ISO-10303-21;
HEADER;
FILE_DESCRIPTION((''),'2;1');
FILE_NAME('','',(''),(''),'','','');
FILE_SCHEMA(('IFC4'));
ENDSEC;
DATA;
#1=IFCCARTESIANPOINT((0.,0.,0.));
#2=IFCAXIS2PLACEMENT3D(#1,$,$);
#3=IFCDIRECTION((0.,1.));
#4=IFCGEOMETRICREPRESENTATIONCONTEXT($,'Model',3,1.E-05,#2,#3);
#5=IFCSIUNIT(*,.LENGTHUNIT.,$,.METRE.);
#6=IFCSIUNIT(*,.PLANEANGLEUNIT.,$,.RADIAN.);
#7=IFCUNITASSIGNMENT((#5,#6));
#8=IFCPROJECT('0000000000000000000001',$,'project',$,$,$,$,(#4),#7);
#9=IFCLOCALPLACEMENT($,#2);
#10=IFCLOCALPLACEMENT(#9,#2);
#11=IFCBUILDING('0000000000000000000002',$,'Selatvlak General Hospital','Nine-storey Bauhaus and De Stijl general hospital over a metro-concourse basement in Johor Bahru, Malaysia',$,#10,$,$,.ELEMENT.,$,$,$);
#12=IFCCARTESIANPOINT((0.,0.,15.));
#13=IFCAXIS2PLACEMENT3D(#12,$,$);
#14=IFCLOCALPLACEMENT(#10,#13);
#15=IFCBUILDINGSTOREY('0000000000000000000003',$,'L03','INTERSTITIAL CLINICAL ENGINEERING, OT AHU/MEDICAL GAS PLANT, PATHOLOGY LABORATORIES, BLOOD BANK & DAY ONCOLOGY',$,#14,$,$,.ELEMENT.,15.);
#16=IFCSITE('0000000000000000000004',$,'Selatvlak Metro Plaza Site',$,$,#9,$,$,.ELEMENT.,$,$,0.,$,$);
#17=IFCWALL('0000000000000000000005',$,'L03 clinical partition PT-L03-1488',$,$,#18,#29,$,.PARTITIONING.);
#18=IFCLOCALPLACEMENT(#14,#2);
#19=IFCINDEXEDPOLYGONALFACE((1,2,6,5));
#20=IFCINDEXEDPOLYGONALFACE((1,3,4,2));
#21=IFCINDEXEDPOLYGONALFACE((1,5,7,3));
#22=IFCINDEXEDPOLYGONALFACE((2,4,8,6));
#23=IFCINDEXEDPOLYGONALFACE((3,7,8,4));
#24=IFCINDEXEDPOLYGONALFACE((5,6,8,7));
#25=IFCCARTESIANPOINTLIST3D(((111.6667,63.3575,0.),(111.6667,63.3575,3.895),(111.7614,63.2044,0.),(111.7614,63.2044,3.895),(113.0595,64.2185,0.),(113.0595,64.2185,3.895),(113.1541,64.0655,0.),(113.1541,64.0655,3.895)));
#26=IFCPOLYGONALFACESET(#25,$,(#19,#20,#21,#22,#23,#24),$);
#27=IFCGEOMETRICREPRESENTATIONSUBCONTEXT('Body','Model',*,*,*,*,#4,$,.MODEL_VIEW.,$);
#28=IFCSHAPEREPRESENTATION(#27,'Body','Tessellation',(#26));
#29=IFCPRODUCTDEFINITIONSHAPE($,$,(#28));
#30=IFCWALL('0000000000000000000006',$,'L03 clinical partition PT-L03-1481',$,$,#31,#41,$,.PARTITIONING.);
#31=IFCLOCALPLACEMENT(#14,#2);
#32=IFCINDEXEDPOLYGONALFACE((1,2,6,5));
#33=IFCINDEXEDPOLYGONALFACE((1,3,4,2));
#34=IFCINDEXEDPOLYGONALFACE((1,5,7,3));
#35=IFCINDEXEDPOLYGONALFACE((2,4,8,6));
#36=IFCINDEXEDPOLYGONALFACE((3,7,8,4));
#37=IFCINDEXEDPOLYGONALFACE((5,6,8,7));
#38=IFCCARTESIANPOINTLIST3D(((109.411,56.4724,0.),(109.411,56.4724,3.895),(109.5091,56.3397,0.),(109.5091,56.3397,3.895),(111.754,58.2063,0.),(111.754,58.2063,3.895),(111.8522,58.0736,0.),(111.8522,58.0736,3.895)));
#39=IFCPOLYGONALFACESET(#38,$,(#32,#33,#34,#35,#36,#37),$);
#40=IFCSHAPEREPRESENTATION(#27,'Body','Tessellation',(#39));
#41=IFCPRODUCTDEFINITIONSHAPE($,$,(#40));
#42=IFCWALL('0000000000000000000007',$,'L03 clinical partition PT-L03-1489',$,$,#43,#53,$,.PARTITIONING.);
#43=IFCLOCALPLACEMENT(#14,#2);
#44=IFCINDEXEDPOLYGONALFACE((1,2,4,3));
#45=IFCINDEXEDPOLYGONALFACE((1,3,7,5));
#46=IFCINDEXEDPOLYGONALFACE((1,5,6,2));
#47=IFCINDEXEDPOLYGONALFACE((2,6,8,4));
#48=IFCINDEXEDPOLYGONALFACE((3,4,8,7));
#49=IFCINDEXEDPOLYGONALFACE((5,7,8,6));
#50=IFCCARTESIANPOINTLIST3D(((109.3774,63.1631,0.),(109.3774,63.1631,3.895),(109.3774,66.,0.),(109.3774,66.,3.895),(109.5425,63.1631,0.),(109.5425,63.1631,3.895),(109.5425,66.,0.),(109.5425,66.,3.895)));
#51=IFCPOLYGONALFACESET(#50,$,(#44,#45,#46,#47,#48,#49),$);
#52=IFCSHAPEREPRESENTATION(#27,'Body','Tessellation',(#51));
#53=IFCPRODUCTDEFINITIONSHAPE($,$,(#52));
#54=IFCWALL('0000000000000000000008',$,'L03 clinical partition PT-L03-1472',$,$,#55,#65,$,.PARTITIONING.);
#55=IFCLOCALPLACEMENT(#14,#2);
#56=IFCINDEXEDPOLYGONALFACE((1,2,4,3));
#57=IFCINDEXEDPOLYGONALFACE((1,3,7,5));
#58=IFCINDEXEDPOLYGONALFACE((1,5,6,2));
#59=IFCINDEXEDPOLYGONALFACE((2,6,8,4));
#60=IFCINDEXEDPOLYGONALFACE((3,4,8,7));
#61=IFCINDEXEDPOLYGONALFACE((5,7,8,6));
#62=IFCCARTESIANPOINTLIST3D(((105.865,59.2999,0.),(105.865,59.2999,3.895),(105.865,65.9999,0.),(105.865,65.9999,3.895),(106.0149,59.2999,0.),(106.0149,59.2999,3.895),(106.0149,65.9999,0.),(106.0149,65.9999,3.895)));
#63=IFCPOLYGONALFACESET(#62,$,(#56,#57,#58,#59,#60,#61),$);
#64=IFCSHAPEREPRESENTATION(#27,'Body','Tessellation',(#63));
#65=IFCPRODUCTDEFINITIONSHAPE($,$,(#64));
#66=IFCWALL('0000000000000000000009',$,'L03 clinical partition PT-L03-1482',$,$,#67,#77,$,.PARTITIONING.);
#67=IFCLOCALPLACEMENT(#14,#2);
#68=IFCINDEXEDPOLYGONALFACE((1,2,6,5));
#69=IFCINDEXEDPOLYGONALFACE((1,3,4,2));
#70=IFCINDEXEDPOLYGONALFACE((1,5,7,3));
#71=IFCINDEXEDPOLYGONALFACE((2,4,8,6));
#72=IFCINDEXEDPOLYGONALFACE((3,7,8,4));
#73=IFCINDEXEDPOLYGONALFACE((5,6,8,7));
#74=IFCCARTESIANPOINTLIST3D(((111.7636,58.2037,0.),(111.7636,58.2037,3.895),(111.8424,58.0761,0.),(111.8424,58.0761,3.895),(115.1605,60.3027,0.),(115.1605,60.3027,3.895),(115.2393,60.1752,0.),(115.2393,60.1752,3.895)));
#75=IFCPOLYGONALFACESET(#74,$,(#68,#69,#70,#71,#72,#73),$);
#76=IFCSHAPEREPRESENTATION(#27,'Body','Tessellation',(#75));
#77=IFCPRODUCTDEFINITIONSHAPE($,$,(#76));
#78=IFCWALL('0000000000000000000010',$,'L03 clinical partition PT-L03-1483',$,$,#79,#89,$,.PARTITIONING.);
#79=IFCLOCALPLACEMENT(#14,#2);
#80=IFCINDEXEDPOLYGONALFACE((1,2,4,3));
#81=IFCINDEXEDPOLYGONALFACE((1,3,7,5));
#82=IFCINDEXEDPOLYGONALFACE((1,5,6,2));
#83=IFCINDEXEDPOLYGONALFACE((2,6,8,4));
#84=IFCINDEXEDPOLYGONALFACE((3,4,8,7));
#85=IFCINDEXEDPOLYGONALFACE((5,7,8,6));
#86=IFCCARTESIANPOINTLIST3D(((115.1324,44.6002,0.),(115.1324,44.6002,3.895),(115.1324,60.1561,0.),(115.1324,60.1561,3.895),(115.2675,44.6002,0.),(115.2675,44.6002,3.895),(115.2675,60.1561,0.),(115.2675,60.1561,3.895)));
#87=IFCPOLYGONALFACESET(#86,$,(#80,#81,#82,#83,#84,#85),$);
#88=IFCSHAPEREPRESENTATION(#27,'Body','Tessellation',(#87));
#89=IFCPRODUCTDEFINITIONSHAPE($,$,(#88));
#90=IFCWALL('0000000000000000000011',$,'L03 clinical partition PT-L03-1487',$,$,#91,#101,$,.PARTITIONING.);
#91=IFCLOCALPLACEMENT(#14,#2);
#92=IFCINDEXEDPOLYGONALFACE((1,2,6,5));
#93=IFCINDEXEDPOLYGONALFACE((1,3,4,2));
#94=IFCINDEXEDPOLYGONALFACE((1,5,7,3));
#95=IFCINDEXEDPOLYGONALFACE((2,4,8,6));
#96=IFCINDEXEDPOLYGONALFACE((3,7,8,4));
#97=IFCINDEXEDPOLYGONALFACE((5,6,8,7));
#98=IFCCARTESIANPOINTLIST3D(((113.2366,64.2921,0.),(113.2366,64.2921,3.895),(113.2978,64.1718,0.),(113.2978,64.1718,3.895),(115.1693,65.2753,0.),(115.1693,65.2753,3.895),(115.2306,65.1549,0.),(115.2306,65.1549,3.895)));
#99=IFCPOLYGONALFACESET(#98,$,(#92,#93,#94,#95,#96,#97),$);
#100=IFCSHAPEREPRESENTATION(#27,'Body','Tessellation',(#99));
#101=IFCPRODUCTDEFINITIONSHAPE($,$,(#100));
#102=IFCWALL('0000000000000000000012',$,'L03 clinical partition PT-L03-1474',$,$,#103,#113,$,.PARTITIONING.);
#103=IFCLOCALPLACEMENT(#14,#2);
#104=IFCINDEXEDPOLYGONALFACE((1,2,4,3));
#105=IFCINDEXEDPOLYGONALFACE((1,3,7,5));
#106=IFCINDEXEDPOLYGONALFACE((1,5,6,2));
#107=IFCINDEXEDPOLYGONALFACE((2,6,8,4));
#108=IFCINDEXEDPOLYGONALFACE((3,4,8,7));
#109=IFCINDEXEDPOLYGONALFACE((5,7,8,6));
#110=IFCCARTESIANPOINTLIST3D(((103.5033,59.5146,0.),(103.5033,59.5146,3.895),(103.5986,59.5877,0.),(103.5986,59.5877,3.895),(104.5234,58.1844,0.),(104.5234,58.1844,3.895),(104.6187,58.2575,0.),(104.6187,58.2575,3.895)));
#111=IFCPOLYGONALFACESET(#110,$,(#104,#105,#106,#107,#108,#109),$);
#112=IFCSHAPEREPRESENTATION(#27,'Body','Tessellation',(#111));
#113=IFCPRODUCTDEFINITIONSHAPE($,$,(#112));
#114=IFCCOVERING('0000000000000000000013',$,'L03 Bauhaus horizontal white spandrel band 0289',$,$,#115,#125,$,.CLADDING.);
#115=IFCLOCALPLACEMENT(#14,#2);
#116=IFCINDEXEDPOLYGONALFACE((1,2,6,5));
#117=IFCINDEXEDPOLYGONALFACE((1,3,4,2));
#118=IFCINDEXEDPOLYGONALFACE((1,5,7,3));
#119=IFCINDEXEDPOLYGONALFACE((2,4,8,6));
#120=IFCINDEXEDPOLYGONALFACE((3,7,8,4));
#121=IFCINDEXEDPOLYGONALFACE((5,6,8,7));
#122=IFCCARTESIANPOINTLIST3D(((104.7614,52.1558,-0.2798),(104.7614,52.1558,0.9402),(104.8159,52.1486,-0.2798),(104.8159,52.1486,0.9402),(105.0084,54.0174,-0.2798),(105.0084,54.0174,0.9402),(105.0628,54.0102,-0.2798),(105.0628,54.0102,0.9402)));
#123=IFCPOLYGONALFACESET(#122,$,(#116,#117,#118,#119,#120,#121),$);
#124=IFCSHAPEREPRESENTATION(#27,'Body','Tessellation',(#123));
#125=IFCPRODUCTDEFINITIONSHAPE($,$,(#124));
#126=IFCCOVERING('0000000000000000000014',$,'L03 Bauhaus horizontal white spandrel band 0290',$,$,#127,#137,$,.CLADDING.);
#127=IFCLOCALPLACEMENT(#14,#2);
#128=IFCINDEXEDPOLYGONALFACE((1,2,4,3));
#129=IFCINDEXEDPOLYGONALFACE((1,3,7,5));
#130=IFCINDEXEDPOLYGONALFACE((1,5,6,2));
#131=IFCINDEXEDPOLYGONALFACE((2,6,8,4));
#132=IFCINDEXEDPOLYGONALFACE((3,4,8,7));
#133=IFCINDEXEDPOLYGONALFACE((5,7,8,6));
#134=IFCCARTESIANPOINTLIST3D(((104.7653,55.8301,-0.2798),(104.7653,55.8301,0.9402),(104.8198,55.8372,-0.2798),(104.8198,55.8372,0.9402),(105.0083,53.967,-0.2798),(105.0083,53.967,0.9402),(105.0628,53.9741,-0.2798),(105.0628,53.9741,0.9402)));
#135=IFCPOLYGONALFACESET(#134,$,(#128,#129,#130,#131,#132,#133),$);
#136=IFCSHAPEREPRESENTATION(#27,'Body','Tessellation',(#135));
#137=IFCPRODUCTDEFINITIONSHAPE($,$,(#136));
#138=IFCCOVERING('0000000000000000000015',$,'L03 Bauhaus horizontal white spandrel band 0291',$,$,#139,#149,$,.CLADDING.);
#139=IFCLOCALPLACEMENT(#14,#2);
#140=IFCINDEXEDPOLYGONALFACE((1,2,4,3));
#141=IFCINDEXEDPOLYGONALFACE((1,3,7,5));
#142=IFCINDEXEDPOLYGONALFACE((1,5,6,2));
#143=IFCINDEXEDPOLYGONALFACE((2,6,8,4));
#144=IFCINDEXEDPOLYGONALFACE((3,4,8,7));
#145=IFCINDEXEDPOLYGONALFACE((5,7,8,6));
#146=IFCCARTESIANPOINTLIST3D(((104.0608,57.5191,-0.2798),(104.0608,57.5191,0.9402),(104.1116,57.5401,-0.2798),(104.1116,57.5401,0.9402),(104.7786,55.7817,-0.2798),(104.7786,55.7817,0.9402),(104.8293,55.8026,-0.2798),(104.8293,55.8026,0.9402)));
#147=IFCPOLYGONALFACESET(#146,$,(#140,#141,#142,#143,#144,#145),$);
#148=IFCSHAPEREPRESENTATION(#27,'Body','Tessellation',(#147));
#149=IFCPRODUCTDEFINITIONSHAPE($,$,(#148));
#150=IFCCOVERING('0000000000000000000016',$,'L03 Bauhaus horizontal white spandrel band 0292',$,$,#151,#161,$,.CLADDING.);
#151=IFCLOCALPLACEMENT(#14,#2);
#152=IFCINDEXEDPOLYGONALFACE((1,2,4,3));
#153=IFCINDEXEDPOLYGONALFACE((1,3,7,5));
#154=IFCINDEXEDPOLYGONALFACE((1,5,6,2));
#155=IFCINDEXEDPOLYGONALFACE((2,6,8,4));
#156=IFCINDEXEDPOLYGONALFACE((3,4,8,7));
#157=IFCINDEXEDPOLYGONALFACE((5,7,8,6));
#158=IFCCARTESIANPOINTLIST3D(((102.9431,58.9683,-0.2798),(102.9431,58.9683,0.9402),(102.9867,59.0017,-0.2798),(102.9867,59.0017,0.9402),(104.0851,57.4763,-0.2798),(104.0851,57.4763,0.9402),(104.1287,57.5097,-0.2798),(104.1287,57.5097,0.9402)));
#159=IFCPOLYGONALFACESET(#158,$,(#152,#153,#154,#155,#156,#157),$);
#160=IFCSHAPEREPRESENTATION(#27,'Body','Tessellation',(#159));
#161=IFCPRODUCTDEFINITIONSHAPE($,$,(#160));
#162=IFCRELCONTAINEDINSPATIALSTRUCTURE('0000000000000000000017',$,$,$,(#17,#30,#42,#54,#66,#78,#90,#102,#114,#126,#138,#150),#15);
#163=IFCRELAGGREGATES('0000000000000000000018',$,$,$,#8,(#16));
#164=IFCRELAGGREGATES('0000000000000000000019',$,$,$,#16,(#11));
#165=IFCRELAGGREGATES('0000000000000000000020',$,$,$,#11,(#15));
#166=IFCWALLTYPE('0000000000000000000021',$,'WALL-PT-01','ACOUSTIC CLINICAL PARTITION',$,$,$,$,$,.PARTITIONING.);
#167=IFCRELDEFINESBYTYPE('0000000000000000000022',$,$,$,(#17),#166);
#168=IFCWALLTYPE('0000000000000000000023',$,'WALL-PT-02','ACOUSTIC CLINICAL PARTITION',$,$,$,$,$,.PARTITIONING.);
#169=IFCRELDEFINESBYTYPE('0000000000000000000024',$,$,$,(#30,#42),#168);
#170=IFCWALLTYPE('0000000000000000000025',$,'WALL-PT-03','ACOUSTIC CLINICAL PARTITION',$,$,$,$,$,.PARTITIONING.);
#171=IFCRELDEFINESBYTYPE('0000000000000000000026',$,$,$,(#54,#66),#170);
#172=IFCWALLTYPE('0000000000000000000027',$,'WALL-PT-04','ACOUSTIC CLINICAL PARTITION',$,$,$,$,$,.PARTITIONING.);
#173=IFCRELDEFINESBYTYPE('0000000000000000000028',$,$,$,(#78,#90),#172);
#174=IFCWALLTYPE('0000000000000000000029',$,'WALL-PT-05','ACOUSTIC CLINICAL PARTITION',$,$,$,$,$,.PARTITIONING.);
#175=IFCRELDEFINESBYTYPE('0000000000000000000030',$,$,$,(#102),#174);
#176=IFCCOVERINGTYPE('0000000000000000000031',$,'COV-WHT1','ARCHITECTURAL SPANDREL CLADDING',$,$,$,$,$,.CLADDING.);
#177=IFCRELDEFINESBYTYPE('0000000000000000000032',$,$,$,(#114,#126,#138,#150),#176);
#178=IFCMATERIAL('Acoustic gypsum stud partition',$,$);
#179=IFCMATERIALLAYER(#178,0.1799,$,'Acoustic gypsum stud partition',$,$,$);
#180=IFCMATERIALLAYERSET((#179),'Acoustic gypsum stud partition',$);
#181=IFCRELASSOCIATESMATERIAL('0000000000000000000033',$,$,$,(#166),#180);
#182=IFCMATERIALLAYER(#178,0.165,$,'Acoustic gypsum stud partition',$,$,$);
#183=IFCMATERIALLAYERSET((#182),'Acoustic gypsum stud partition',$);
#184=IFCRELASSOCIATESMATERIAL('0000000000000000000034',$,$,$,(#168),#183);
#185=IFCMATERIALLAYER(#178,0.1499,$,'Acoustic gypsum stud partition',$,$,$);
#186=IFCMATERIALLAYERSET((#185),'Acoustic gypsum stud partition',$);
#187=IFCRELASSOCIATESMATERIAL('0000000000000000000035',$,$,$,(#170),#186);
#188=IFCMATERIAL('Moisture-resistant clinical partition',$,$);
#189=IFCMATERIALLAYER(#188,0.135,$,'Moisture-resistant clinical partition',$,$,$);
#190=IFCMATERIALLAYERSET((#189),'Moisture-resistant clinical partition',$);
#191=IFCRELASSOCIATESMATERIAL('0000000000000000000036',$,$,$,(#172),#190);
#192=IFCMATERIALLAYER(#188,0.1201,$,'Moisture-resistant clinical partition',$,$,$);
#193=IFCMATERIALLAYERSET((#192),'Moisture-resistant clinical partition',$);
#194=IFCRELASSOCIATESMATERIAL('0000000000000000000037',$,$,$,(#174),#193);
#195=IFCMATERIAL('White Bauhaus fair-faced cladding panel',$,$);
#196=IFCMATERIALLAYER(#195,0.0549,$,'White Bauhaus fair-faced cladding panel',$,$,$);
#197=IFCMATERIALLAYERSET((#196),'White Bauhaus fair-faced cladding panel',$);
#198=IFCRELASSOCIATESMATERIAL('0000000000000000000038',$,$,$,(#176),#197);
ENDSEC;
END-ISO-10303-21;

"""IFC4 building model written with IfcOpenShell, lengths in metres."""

from ifc_helpers import new_model, si_unit, direction, frame, frame_2d, origin, origin_2d, place, context, subcontext, project, spatial, rectangle, extrude, material, layer, layer_set, type_object, element, save


model = new_model("IFC4")

# Units and contexts
model_context = context("Model", 3, precision=1e-05, world=origin(), true_north=direction((0.0, 1.0)))
body_context = subcontext(model_context, "Body", "Model", "MODEL_VIEW")
ifc_project = project(units=[si_unit("LENGTHUNIT", "METRE"), si_unit("PLANEANGLEUNIT", "RADIAN")], contexts=[model_context])

# Site, building, storey
site_placement = place(None, origin())
site = spatial("IfcSite", under=ifc_project, at=site_placement, Name="Selatvlak Metro Plaza Site", CompositionType="ELEMENT", RefElevation=0.0)
building_placement = place(site_placement, origin())
building = spatial("IfcBuilding", under=site, at=building_placement, Name="Selatvlak General Hospital", Description="Nine-storey Bauhaus and De Stijl general hospital over a metro-concourse basement in Johor Bahru, Malaysia", CompositionType="ELEMENT")
storey_placement = place(building_placement, frame((0.0, 0.0, 15.0)))
storey = spatial("IfcBuildingStorey", under=building, at=storey_placement, Name="L03", Description="INTERSTITIAL CLINICAL ENGINEERING, OT AHU/MEDICAL GAS PLANT, PATHOLOGY LABORATORIES, BLOOD BANK & DAY ONCOLOGY", CompositionType="ELEMENT", Elevation=15.0)

# Walls
ifc_material_1 = material(Name="Acoustic gypsum stud partition")
ifc_layer_1 = layer(ifc_material_1, 0.1799, Name="Acoustic gypsum stud partition")
ifc_layer_set_1 = layer_set([ifc_layer_1], Name="Acoustic gypsum stud partition")
wall_type_1 = type_object("IfcWallType", Name="WALL-PT-01", Description="ACOUSTIC CLINICAL PARTITION", PredefinedType="PARTITIONING", material=ifc_layer_set_1)
wall_1_placement = place(storey_placement, frame((113.1069, 64.1421, 0.0), z_axis=(0.0, 0.0, 1.0), x_axis=(-0.850576, -0.525852, 0.0)))
element("IfcWall", 1, at=wall_1_placement, inside=storey, type_object=wall_type_1, Name="L03 clinical partition PT-L03-1488", PredefinedType="PARTITIONING", context=body_context, shape_type="SweptSolid", body=[
    extrude(rectangle(XDim=1.6375, YDim=0.1799, at=frame_2d((0.8188, 0.0))), origin(), (0.0, 0.0, 1.0), 3.895),
])
ifc_layer_2 = layer(ifc_material_1, 0.165, Name="Acoustic gypsum stud partition")
ifc_layer_set_2 = layer_set([ifc_layer_2], Name="Acoustic gypsum stud partition")
wall_type_2 = type_object("IfcWallType", Name="WALL-PT-02", Description="ACOUSTIC CLINICAL PARTITION", PredefinedType="PARTITIONING", material=ifc_layer_set_2)
wall_2_placement = place(storey_placement, frame((109.46, 56.406, 0.0), z_axis=(0.0, 0.0, 1.0), x_axis=(0.803833, 0.594855, 0.0)))
element("IfcWall", 2, at=wall_2_placement, inside=storey, type_object=wall_type_2, Name="L03 clinical partition PT-L03-1481", PredefinedType="PARTITIONING", context=body_context, shape_type="SweptSolid", body=[
    extrude(rectangle(XDim=2.9148, YDim=0.165, at=frame_2d((1.4575, 0.0))), origin(), (0.0, 0.0, 1.0), 3.895),
])
wall_3_placement = place(storey_placement, frame((109.46, 63.1631, 0.0), z_axis=(0.0, 0.0, 1.0), x_axis=(0.0, 1.0, 0.0)))
element("IfcWall", 3, at=wall_3_placement, inside=storey, type_object=wall_type_2, Name="L03 clinical partition PT-L03-1489", PredefinedType="PARTITIONING", context=body_context, shape_type="SweptSolid", body=[
    extrude(rectangle(XDim=2.8369, YDim=0.165, at=frame_2d((1.4185, 0.0))), origin(), (0.0, 0.0, 1.0), 3.895),
])
ifc_layer_3 = layer(ifc_material_1, 0.1499, Name="Acoustic gypsum stud partition")
ifc_layer_set_3 = layer_set([ifc_layer_3], Name="Acoustic gypsum stud partition")
wall_type_3 = type_object("IfcWallType", Name="WALL-PT-03", Description="ACOUSTIC CLINICAL PARTITION", PredefinedType="PARTITIONING", material=ifc_layer_set_3)
wall_4_placement = place(storey_placement, frame((105.9399, 66.0, 0.0), z_axis=(0.0, 0.0, 1.0), x_axis=(0.0, -1.0, 0.0)))
element("IfcWall", 4, at=wall_4_placement, inside=storey, type_object=wall_type_3, Name="L03 clinical partition PT-L03-1472", PredefinedType="PARTITIONING", context=body_context, shape_type="SweptSolid", body=[
    extrude(rectangle(XDim=6.7, YDim=0.1499, at=frame_2d((3.3501, 0.0))), origin(), (0.0, 0.0, 1.0), 3.895),
])
wall_5_placement = place(storey_placement, frame((111.803, 58.1399, 0.0), z_axis=(0.0, 0.0, 1.0), x_axis=(0.850687, 0.525672, 0.0)))
element("IfcWall", 5, at=wall_5_placement, inside=storey, type_object=wall_type_3, Name="L03 clinical partition PT-L03-1482", PredefinedType="PARTITIONING", context=body_context, shape_type="SweptSolid", body=[
    extrude(rectangle(XDim=3.9932, YDim=0.1499, at=frame_2d((1.9966, 0.0))), origin(), (0.0, 0.0, 1.0), 3.895),
])

# Shared definitions
ifc_material_2 = material(Name="Moisture-resistant clinical partition")
ifc_layer_4 = layer(ifc_material_2, 0.135, Name="Moisture-resistant clinical partition")
ifc_layer_set_4 = layer_set([ifc_layer_4], Name="Moisture-resistant clinical partition")
wall_type_4 = type_object("IfcWallType", Name="WALL-PT-04", Description="ACOUSTIC CLINICAL PARTITION", PredefinedType="PARTITIONING", material=ifc_layer_set_4)

# Walls
wall_6_placement = place(storey_placement, frame((115.2, 60.156, 0.0), z_axis=(0.0, 0.0, 1.0), x_axis=(0.0, -1.0, 0.0)))
element("IfcWall", 6, at=wall_6_placement, inside=storey, type_object=wall_type_4, Name="L03 clinical partition PT-L03-1483", PredefinedType="PARTITIONING", context=body_context, shape_type="SweptSolid", body=[
    extrude(rectangle(XDim=15.5559, YDim=0.135, at=frame_2d((7.7778, 0.0))), origin(), (0.0, 0.0, 1.0), 3.895),
])
wall_7_placement = place(storey_placement, frame((115.2, 65.2151, 0.0), z_axis=(0.0, 0.0, 1.0), x_axis=(-0.891321, -0.453373, 0.0)))
element("IfcWall", 7, at=wall_7_placement, inside=storey, type_object=wall_type_4, Name="L03 clinical partition PT-L03-1487", PredefinedType="PARTITIONING", context=body_context, shape_type="SweptSolid", body=[
    extrude(rectangle(XDim=2.1685, YDim=0.135, at=frame_2d((1.0842, 0.0))), origin(), (0.0, 0.0, 1.0), 3.895),
])

# Wall
ifc_layer_5 = layer(ifc_material_2, 0.1201, Name="Moisture-resistant clinical partition")
ifc_layer_set_5 = layer_set([ifc_layer_5], Name="Moisture-resistant clinical partition")
wall_type_5 = type_object("IfcWallType", Name="WALL-PT-05", Description="ACOUSTIC CLINICAL PARTITION", PredefinedType="PARTITIONING", material=ifc_layer_set_5)
wall_8_placement = place(storey_placement, frame((104.571, 58.2209, 0.0), z_axis=(0.0, 0.0, 1.0), x_axis=(-0.608542, 0.793522, 0.0)))
element("IfcWall", 8, at=wall_8_placement, inside=storey, type_object=wall_type_5, Name="L03 clinical partition PT-L03-1474", PredefinedType="PARTITIONING", context=body_context, shape_type="SweptSolid", body=[
    extrude(rectangle(XDim=1.6763, YDim=0.1201, at=frame_2d((0.8381, 0.0))), origin(), (0.0, 0.0, 1.0), 3.895),
])

# Coverings
ifc_material_3 = material(Name="White Bauhaus fair-faced cladding panel")
ifc_layer_6 = layer(ifc_material_3, 0.0549, Name="White Bauhaus fair-faced cladding panel")
ifc_layer_set_6 = layer_set([ifc_layer_6], Name="White Bauhaus fair-faced cladding panel")
covering_type = type_object("IfcCoveringType", Name="COV-WHT1", Description="ARCHITECTURAL SPANDREL CLADDING", PredefinedType="CLADDING", material=ifc_layer_set_6)
covering_1_placement = place(storey_placement, frame((104.9121, 53.083, -0.2798), z_axis=(0.0, 0.0, 1.0), x_axis=(0.131495, 0.991317, 0.0)))
element("IfcCovering", 9, at=covering_1_placement, inside=storey, type_object=covering_type, Name="L03 Bauhaus horizontal white spandrel band 0289", PredefinedType="CLADDING", context=body_context, shape_type="SweptSolid", body=[
    extrude(rectangle(XDim=1.8779, YDim=0.0549, at=origin_2d()), origin(), (0.0, 0.0, 1.0), 1.22),
])
covering_2_placement = place(storey_placement, frame((104.9141, 54.9021, -0.2798), z_axis=(0.0, 0.0, 1.0), x_axis=(-0.129332, 0.991601, 0.0)))
element("IfcCovering", 10, at=covering_2_placement, inside=storey, type_object=covering_type, Name="L03 Bauhaus horizontal white spandrel band 0290", PredefinedType="CLADDING", context=body_context, shape_type="SweptSolid", body=[
    extrude(rectangle(XDim=1.8789, YDim=0.0549, at=origin_2d()), origin(), (0.0, 0.0, 1.0), 1.22),
])
covering_3_placement = place(storey_placement, frame((104.4451, 56.6609, -0.2798), z_axis=(0.0, 0.0, 1.0), x_axis=(-0.381813, 0.92424, 0.0)))
element("IfcCovering", 11, at=covering_3_placement, inside=storey, type_object=covering_type, Name="L03 Bauhaus horizontal white spandrel band 0291", PredefinedType="CLADDING", context=body_context, shape_type="SweptSolid", body=[
    extrude(rectangle(XDim=1.8799, YDim=0.0549, at=origin_2d()), origin(), (0.0, 0.0, 1.0), 1.22),
])
covering_4_placement = place(storey_placement, frame((103.5359, 58.239, -0.2798), z_axis=(0.0, 0.0, 1.0), x_axis=(-0.607806, 0.794086, 0.0)))
element("IfcCovering", 12, at=covering_4_placement, inside=storey, type_object=covering_type, Name="L03 Bauhaus horizontal white spandrel band 0292", PredefinedType="CLADDING", context=body_context, shape_type="SweptSolid", body=[
    extrude(rectangle(XDim=1.8789, YDim=0.0549, at=origin_2d()), origin(), (0.0, 0.0, 1.0), 1.22),
])

save(model, "model.ifc")
